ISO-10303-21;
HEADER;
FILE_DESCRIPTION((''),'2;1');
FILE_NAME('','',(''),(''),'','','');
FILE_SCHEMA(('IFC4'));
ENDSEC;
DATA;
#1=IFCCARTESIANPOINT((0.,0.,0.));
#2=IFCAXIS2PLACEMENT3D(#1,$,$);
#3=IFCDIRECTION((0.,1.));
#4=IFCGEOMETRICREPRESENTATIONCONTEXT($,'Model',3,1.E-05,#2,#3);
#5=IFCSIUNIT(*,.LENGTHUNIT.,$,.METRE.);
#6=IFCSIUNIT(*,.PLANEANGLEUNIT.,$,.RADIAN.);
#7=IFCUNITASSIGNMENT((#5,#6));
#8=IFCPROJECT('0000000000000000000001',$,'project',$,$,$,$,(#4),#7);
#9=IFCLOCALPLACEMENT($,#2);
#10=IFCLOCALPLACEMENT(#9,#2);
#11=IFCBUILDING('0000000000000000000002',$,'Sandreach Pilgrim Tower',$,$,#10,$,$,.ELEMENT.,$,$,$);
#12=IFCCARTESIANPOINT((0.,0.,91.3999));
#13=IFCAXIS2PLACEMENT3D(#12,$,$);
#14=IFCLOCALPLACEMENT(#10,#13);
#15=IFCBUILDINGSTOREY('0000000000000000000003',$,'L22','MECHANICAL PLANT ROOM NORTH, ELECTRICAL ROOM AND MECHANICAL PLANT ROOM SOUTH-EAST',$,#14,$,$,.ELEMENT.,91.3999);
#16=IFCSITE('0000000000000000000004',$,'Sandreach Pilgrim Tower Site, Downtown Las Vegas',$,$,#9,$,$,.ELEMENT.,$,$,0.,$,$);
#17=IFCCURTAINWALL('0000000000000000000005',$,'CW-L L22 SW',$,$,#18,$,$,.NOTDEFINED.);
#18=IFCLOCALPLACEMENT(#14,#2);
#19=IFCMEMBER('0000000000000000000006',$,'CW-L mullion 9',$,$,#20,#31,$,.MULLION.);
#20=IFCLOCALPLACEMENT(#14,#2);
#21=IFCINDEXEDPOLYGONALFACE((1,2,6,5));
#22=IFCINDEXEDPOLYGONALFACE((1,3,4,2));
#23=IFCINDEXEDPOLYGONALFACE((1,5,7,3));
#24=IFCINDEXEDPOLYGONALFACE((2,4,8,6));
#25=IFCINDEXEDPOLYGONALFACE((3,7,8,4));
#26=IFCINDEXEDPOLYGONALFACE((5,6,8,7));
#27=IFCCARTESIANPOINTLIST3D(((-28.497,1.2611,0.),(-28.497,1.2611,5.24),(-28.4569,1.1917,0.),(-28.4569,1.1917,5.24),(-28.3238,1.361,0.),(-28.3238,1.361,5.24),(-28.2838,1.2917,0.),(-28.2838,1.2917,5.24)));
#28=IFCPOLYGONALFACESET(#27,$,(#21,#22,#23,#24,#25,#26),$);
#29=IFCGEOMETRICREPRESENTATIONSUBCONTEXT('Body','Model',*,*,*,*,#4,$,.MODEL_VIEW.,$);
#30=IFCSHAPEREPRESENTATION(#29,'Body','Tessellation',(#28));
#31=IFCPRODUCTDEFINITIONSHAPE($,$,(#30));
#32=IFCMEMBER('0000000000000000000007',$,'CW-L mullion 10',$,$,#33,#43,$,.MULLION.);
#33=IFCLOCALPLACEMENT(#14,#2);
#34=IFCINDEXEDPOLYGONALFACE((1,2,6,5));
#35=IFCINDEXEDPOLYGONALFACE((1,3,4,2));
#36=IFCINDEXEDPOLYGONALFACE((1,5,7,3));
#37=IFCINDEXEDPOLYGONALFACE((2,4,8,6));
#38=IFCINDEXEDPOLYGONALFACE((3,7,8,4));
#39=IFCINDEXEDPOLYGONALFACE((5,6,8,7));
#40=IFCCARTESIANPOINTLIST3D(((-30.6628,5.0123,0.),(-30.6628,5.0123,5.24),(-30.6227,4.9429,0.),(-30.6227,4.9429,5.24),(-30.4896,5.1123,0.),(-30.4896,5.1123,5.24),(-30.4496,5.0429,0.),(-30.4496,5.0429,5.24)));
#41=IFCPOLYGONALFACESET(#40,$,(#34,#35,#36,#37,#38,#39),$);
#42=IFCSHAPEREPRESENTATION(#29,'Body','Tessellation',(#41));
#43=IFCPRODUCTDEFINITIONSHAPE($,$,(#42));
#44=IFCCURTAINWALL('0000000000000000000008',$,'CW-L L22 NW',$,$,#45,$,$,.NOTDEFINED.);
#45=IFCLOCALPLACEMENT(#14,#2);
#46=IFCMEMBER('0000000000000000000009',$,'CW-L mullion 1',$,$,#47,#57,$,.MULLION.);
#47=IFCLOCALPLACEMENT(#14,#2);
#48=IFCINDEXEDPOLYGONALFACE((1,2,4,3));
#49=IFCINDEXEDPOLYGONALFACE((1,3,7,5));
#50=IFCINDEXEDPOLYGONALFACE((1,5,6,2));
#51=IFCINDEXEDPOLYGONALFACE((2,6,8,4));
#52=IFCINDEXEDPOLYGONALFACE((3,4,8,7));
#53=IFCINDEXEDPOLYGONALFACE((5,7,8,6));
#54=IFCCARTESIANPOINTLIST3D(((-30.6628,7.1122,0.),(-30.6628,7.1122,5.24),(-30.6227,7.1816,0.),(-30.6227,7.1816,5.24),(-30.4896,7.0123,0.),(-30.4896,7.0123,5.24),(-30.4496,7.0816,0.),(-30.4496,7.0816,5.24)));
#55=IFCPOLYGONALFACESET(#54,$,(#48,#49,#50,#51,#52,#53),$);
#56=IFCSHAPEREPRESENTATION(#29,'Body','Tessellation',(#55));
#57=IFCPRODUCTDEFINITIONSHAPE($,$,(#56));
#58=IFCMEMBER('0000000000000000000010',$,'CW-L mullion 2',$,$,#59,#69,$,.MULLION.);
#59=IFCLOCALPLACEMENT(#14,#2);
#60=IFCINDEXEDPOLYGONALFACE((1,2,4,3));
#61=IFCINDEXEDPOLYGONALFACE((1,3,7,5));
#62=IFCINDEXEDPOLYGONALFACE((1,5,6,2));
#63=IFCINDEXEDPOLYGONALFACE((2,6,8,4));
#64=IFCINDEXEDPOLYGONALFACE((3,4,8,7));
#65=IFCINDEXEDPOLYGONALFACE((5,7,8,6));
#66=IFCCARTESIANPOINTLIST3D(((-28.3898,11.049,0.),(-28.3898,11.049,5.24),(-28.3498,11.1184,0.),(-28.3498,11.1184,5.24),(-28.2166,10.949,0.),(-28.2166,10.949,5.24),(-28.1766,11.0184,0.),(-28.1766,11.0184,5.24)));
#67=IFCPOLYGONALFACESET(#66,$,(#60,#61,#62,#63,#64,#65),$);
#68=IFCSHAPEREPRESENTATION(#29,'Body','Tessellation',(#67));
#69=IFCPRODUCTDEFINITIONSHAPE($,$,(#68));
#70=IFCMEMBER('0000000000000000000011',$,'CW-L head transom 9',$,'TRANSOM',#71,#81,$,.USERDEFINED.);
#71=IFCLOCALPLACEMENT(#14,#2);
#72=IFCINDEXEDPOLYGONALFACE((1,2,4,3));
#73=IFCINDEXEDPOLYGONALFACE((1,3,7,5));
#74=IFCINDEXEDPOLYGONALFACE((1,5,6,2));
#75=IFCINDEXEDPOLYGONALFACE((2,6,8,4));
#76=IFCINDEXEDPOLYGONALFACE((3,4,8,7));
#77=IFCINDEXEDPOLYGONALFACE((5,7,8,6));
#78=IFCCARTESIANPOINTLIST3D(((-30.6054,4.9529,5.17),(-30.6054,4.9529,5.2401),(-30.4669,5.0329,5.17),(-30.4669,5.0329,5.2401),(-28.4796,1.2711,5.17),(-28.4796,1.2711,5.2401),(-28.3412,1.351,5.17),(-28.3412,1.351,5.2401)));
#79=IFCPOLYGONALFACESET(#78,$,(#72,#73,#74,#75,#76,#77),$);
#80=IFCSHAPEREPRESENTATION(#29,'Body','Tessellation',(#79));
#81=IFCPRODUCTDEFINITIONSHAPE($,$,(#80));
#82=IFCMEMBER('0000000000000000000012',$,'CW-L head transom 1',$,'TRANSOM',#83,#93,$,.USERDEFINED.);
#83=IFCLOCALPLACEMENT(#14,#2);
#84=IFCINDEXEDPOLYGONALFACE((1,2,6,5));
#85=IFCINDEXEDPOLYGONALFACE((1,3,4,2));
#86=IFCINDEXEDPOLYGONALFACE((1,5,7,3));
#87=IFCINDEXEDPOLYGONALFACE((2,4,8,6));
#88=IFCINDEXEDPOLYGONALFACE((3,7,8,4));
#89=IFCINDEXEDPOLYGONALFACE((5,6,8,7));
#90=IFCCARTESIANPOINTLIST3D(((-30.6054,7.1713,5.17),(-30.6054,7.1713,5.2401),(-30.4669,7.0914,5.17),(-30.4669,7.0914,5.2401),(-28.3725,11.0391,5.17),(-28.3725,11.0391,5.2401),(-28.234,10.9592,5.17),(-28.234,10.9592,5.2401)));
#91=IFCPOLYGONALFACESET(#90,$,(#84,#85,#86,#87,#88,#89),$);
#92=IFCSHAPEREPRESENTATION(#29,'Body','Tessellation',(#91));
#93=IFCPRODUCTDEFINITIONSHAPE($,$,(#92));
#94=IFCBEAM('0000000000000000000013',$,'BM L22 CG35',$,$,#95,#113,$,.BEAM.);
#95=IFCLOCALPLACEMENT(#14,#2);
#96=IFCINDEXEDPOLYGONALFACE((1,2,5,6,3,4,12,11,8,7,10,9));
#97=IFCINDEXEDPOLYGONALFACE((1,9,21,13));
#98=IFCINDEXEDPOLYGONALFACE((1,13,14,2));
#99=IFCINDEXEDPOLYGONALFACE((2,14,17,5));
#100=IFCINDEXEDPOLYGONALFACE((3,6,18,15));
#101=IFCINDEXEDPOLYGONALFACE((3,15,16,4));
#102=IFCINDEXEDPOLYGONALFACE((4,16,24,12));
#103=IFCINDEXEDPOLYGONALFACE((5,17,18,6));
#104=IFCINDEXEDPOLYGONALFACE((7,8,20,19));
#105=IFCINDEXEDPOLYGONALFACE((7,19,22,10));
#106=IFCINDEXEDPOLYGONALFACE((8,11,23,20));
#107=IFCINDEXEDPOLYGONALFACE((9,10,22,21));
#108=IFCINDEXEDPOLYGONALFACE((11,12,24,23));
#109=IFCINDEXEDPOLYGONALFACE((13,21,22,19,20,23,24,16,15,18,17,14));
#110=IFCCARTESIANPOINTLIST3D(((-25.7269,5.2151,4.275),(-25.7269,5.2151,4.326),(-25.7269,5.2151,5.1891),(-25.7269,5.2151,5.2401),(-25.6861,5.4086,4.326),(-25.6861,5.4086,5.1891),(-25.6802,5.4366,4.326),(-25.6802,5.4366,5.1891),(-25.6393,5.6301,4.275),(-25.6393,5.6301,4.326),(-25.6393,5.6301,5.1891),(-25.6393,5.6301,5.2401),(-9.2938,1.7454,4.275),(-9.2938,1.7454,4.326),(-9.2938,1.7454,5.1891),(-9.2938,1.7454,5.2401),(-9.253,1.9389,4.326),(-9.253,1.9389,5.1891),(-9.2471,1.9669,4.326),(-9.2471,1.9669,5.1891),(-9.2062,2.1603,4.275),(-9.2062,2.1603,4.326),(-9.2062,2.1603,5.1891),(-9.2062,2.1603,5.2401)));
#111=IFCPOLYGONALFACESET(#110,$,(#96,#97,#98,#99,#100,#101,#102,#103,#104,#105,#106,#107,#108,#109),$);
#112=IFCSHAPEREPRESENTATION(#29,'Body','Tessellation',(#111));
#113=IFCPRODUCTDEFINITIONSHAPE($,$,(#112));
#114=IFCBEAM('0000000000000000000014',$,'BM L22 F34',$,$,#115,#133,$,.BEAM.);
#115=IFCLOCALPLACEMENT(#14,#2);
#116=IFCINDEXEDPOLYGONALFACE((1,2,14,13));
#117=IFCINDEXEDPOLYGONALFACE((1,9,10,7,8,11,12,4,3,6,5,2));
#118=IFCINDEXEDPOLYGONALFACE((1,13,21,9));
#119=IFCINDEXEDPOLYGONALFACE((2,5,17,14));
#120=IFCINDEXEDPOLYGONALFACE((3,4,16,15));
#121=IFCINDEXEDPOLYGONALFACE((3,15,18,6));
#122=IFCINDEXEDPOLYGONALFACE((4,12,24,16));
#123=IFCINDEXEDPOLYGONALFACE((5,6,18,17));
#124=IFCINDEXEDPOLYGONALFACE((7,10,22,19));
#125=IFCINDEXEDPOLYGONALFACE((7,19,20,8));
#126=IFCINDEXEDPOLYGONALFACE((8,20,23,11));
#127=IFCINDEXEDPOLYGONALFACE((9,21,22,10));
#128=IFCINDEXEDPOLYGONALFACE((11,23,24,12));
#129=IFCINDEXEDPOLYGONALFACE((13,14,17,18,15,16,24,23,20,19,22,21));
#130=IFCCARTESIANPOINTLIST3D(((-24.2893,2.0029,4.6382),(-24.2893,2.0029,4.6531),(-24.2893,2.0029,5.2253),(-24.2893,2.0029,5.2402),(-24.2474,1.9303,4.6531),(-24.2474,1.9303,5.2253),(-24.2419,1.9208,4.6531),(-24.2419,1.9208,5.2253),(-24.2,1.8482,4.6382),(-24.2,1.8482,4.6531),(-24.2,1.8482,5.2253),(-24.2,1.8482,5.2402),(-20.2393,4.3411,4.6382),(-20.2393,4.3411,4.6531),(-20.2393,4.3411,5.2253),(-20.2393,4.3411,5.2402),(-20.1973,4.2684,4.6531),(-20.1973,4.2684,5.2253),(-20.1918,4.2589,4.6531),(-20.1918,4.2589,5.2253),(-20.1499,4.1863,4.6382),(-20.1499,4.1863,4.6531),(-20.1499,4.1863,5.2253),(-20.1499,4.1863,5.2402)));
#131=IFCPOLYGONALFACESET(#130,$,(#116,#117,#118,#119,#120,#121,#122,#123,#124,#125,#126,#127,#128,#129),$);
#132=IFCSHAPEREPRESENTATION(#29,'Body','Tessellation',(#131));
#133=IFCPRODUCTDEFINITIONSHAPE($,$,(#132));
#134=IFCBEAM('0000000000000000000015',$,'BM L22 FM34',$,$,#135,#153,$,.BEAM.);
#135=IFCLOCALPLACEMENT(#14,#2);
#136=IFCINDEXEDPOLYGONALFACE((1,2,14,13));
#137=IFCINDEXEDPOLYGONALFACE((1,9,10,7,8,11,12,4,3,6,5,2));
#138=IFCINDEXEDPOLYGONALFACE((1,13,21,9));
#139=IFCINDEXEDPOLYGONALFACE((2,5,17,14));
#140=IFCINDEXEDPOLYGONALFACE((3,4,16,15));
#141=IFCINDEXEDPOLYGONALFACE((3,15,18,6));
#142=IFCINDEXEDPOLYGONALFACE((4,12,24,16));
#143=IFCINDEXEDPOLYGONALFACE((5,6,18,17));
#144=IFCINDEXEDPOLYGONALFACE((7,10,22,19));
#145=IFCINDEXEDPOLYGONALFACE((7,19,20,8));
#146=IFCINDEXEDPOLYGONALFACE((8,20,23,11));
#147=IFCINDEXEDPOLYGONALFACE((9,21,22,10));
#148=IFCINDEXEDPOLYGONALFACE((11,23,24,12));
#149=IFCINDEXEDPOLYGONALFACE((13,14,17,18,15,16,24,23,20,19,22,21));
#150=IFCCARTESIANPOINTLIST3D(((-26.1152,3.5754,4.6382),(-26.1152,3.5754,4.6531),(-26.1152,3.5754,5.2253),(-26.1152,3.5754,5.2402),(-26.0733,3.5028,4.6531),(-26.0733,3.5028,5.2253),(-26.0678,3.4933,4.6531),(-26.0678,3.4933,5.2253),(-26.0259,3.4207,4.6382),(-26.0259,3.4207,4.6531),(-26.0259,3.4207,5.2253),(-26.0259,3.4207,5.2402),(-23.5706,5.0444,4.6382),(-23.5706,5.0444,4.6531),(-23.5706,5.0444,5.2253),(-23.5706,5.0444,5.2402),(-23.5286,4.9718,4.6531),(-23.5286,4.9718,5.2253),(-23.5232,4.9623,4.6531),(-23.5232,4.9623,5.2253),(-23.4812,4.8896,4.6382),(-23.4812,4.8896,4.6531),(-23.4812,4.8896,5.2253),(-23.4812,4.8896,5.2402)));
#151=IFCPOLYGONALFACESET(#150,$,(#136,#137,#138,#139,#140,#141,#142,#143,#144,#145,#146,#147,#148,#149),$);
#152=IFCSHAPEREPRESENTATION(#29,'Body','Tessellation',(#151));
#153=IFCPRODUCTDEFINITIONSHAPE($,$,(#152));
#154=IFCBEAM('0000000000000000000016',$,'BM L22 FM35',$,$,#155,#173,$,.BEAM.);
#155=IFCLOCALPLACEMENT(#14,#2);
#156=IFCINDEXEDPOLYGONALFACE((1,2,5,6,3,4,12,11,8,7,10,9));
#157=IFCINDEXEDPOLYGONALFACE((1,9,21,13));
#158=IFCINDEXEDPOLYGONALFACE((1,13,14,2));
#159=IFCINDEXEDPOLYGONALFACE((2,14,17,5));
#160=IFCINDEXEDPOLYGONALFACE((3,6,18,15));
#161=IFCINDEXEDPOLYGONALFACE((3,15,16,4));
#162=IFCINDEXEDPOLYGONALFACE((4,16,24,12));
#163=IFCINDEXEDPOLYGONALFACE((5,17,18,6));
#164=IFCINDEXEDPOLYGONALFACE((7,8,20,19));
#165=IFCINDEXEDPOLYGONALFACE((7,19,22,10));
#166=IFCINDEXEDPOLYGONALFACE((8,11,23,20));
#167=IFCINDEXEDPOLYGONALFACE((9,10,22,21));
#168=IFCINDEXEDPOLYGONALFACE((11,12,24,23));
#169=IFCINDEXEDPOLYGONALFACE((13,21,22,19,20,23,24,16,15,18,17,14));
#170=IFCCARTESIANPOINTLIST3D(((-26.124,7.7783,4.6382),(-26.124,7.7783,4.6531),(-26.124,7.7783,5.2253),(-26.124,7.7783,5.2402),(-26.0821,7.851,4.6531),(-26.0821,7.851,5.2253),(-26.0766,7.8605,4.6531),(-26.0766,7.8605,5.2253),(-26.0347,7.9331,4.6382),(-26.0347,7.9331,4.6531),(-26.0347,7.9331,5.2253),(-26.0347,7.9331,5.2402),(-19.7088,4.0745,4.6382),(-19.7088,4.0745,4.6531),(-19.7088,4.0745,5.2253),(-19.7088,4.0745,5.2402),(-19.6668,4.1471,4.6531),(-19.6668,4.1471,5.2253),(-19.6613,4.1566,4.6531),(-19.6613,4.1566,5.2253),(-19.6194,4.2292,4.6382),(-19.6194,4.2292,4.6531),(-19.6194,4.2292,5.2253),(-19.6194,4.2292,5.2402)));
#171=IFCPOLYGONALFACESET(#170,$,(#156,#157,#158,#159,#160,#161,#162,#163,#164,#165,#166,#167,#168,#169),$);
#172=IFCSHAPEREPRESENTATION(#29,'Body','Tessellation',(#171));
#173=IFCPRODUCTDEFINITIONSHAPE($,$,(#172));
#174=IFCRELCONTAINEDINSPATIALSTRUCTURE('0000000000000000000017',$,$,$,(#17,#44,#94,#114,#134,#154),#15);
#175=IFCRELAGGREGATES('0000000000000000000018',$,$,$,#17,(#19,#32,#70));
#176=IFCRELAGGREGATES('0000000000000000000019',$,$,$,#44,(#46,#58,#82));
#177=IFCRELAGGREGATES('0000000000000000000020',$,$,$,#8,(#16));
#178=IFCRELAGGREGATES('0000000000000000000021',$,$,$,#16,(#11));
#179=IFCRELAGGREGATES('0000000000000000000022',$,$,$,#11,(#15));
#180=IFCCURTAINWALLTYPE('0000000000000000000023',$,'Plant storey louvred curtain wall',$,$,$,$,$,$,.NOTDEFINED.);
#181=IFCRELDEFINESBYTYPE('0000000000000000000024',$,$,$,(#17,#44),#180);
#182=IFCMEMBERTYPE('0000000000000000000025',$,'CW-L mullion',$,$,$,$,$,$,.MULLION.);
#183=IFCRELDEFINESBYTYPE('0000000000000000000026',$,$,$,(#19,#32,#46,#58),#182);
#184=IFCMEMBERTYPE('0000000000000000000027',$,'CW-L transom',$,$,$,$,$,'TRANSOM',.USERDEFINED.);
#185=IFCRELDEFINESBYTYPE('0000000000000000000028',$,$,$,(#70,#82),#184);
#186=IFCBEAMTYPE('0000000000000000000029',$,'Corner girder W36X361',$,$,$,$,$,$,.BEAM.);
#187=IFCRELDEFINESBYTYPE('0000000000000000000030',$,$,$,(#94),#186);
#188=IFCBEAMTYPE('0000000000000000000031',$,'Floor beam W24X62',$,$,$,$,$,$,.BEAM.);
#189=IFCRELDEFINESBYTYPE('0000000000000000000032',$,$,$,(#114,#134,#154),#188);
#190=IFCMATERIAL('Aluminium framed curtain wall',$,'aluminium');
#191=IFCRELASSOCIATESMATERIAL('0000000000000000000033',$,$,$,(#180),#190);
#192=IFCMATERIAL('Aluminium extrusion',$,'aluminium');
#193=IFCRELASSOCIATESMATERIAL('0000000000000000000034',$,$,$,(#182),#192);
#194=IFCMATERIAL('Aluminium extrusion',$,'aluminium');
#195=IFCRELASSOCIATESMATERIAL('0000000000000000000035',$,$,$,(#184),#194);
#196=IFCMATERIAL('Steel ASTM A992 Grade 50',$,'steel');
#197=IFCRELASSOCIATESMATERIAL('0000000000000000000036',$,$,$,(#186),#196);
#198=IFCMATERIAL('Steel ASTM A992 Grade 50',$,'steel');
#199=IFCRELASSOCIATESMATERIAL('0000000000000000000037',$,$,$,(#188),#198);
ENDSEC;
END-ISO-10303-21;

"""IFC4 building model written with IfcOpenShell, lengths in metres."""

from ifc_helpers import new_model, si_unit, direction, frame, origin, origin_2d, place, context, subcontext, project, spatial, rectangle, i_section, extrude, material, material_profile, profile_set, type_object, element, aggregate, save


model = new_model("IFC4")

# Units and contexts
model_context = context("Model", 3, precision=1e-05, world=origin(), true_north=direction((0.0, 1.0)))
body_context = subcontext(model_context, "Body", "Model", "MODEL_VIEW")
ifc_project = project(units=[si_unit("LENGTHUNIT", "METRE"), si_unit("PLANEANGLEUNIT", "RADIAN")], contexts=[model_context])

# Site, building, storey
site_placement = place(None, origin())
site = spatial("IfcSite", under=ifc_project, at=site_placement, Name="Sandreach Pilgrim Tower Site, Downtown Las Vegas", CompositionType="ELEMENT", RefElevation=0.0)
building_placement = place(site_placement, origin())
building = spatial("IfcBuilding", under=site, at=building_placement, Name="Sandreach Pilgrim Tower", CompositionType="ELEMENT")
storey_placement = place(building_placement, frame((0.0, 0.0, 91.3999)))
storey = spatial("IfcBuildingStorey", under=building, at=storey_placement, Name="L22", Description="MECHANICAL PLANT ROOM NORTH, ELECTRICAL ROOM AND MECHANICAL PLANT ROOM SOUTH-EAST", CompositionType="ELEMENT", Elevation=91.3999)

# Curtain walls, members
ifc_material_1 = material(Name="Aluminium framed curtain wall", Category="aluminium")
curtain_wall_type = type_object("IfcCurtainWallType", Name="Plant storey louvred curtain wall", PredefinedType="NOTDEFINED", material=ifc_material_1)
curtain_wall_1_placement = place(storey_placement, origin())
curtain_wall_1 = element("IfcCurtainWall", 1, at=curtain_wall_1_placement, inside=storey, type_object=curtain_wall_type, Name="CW-L L22 SW", PredefinedType="NOTDEFINED")
ifc_material_2 = material(Name="Aluminium extrusion", Category="aluminium")
ifc_material_profile_1 = material_profile(ifc_material_2, rectangle(XDim=0.0801, YDim=0.2, at=origin_2d()), Name="CW-LM 80X200")
ifc_profile_set_1 = profile_set([ifc_material_profile_1], Name="Aluminium extrusion")
member_type_1 = type_object("IfcMemberType", Name="CW-L mullion", PredefinedType="MULLION", material=ifc_profile_set_1)
member_1_placement = place(storey_placement, frame((-28.3904, 1.2764, 0.0), z_axis=(0.0, 0.0, 1.0), x_axis=(-0.5, 0.866025, 0.0)))
member_1 = element("IfcMember", 2, at=member_1_placement, type_object=member_type_1, Name="CW-L mullion 9", PredefinedType="MULLION", context=body_context, shape_type="SweptSolid", body=[
    extrude(rectangle(XDim=0.0801, YDim=0.2, at=origin_2d()), origin(), (0.0, 0.0, 1.0), 5.24),
])
member_2_placement = place(storey_placement, frame((-30.5562, 5.0276, 0.0), z_axis=(0.0, 0.0, 1.0), x_axis=(-0.5, 0.866025, 0.0)))
member_2 = element("IfcMember", 3, at=member_2_placement, type_object=member_type_1, Name="CW-L mullion 10", PredefinedType="MULLION", context=body_context, shape_type="SweptSolid", body=[
    extrude(rectangle(XDim=0.0801, YDim=0.2, at=origin_2d()), origin(), (0.0, 0.0, 1.0), 5.24),
])
curtain_wall_2_placement = place(storey_placement, origin())
curtain_wall_2 = element("IfcCurtainWall", 4, at=curtain_wall_2_placement, inside=storey, type_object=curtain_wall_type, Name="CW-L L22 NW", PredefinedType="NOTDEFINED")
member_3_placement = place(storey_placement, frame((-30.5562, 7.0969, 0.0), z_axis=(0.0, 0.0, 1.0), x_axis=(0.5, 0.866025, 0.0)))
member_3 = element("IfcMember", 5, at=member_3_placement, type_object=member_type_1, Name="CW-L mullion 1", PredefinedType="MULLION", context=body_context, shape_type="SweptSolid", body=[
    extrude(rectangle(XDim=0.0801, YDim=0.2, at=origin_2d()), origin(), (0.0, 0.0, 1.0), 5.24),
])
member_4_placement = place(storey_placement, frame((-28.2832, 11.0337, 0.0), z_axis=(0.0, 0.0, 1.0), x_axis=(0.5, 0.866025, 0.0)))
member_4 = element("IfcMember", 6, at=member_4_placement, type_object=member_type_1, Name="CW-L mullion 2", PredefinedType="MULLION", context=body_context, shape_type="SweptSolid", body=[
    extrude(rectangle(XDim=0.0801, YDim=0.2, at=origin_2d()), origin(), (0.0, 0.0, 1.0), 5.24),
])

# Members
ifc_material_3 = material(Name="Aluminium extrusion", Category="aluminium")
ifc_material_profile_2 = material_profile(ifc_material_3, rectangle(XDim=0.1599, YDim=0.0701, at=origin_2d()), Name="CW-LT 160X70")
ifc_profile_set_2 = profile_set([ifc_material_profile_2], Name="Aluminium extrusion")
member_type_2 = type_object("IfcMemberType", Name="CW-L transom", ElementType="TRANSOM", PredefinedType="USERDEFINED", material=ifc_profile_set_2)
member_5_placement = place(storey_placement, frame((-28.4104, 1.311, 5.2051), z_axis=(-0.499999, 0.866026, 0.0), x_axis=(-0.866026, -0.499999, 0.0)))
member_5 = element("IfcMember", 7, at=member_5_placement, type_object=member_type_2, Name="CW-L head transom 9", ObjectType="TRANSOM", PredefinedType="USERDEFINED", context=body_context, shape_type="SweptSolid", body=[
    extrude(rectangle(XDim=0.1599, YDim=0.0701, at=origin_2d()), origin(), (0.0, 0.0, 1.0), 4.2515),
])
member_6_placement = place(storey_placement, frame((-30.5361, 7.1313, 5.2051), z_axis=(0.499961, 0.866048, 0.0), x_axis=(-0.866048, 0.499961, 0.0)))
member_6 = element("IfcMember", 8, at=member_6_placement, type_object=member_type_2, Name="CW-L head transom 1", ObjectType="TRANSOM", PredefinedType="USERDEFINED", context=body_context, shape_type="SweptSolid", body=[
    extrude(rectangle(XDim=0.1599, YDim=0.0701, at=origin_2d()), origin(), (0.0, 0.0, 1.0), 4.4661),
])

# Beams
ifc_material_4 = material(Name="Steel ASTM A992 Grade 50", Category="steel")
ifc_material_profile_3 = material_profile(ifc_material_4, i_section(OverallWidth=0.4241, OverallDepth=0.9651, WebThickness=0.0286, FlangeThickness=0.051, at=origin_2d()), Name="W36X361")
ifc_profile_set_3 = profile_set([ifc_material_profile_3], Name="Steel ASTM A992 Grade 50")
beam_type_1 = type_object("IfcBeamType", Name="Corner girder W36X361", PredefinedType="BEAM", material=ifc_profile_set_3)
beam_1_placement = place(storey_placement, frame((-25.6831, 5.4226, 4.7576), z_axis=(0.978428, -0.206588, 0.0), x_axis=(0.206588, 0.978428, 0.0)))
element("IfcBeam", 9, at=beam_1_placement, inside=storey, type_object=beam_type_1, Name="BM L22 CG35", PredefinedType="BEAM", context=body_context, shape_type="SweptSolid", body=[
    extrude(i_section(OverallWidth=0.4241, OverallDepth=0.9651, WebThickness=0.0286, FlangeThickness=0.051, at=origin_2d()), origin(), (0.0, 0.0, 1.0), 16.7954),
])
ifc_material_5 = material(Name="Steel ASTM A992 Grade 50", Category="steel")
ifc_material_profile_4 = material_profile(ifc_material_5, i_section(OverallWidth=0.1787, OverallDepth=0.6021, WebThickness=0.011, FlangeThickness=0.0149, at=origin_2d()), Name="W24X62")
ifc_profile_set_4 = profile_set([ifc_material_profile_4], Name="Steel ASTM A992 Grade 50")
beam_type_2 = type_object("IfcBeamType", Name="Floor beam W24X62", PredefinedType="BEAM", material=ifc_profile_set_4)
beam_2_placement = place(storey_placement, frame((-24.2446, 1.9255, 4.9392), z_axis=(0.86604, 0.499974, 0.0), x_axis=(-0.499974, 0.86604, 0.0)))
element("IfcBeam", 10, at=beam_2_placement, inside=storey, type_object=beam_type_2, Name="BM L22 F34", PredefinedType="BEAM", context=body_context, shape_type="SweptSolid", body=[
    extrude(i_section(OverallWidth=0.1787, OverallDepth=0.6021, WebThickness=0.011, FlangeThickness=0.0149, at=origin_2d()), origin(), (0.0, 0.0, 1.0), 4.6765),
])
beam_3_placement = place(storey_placement, frame((-26.0706, 3.498, 4.9392), z_axis=(0.866051, 0.499955, 0.0), x_axis=(-0.499955, 0.866051, 0.0)))
element("IfcBeam", 11, at=beam_3_placement, inside=storey, type_object=beam_type_2, Name="BM L22 FM34", PredefinedType="BEAM", context=body_context, shape_type="SweptSolid", body=[
    extrude(i_section(OverallWidth=0.1787, OverallDepth=0.6021, WebThickness=0.011, FlangeThickness=0.0149, at=origin_2d()), origin(), (0.0, 0.0, 1.0), 2.9382),
])
beam_4_placement = place(storey_placement, frame((-26.0793, 7.8557, 4.9392), z_axis=(0.866026, -0.499999, 0.0), x_axis=(0.499999, 0.866026, 0.0)))
element("IfcBeam", 12, at=beam_4_placement, inside=storey, type_object=beam_type_2, Name="BM L22 FM35", PredefinedType="BEAM", context=body_context, shape_type="SweptSolid", body=[
    extrude(i_section(OverallWidth=0.1787, OverallDepth=0.6021, WebThickness=0.011, FlangeThickness=0.0149, at=origin_2d()), origin(), (0.0, 0.0, 1.0), 7.4077),
])

aggregate(curtain_wall_1, [member_1, member_2, member_5])
aggregate(curtain_wall_2, [member_3, member_4, member_6])

save(model, "model.ifc")
